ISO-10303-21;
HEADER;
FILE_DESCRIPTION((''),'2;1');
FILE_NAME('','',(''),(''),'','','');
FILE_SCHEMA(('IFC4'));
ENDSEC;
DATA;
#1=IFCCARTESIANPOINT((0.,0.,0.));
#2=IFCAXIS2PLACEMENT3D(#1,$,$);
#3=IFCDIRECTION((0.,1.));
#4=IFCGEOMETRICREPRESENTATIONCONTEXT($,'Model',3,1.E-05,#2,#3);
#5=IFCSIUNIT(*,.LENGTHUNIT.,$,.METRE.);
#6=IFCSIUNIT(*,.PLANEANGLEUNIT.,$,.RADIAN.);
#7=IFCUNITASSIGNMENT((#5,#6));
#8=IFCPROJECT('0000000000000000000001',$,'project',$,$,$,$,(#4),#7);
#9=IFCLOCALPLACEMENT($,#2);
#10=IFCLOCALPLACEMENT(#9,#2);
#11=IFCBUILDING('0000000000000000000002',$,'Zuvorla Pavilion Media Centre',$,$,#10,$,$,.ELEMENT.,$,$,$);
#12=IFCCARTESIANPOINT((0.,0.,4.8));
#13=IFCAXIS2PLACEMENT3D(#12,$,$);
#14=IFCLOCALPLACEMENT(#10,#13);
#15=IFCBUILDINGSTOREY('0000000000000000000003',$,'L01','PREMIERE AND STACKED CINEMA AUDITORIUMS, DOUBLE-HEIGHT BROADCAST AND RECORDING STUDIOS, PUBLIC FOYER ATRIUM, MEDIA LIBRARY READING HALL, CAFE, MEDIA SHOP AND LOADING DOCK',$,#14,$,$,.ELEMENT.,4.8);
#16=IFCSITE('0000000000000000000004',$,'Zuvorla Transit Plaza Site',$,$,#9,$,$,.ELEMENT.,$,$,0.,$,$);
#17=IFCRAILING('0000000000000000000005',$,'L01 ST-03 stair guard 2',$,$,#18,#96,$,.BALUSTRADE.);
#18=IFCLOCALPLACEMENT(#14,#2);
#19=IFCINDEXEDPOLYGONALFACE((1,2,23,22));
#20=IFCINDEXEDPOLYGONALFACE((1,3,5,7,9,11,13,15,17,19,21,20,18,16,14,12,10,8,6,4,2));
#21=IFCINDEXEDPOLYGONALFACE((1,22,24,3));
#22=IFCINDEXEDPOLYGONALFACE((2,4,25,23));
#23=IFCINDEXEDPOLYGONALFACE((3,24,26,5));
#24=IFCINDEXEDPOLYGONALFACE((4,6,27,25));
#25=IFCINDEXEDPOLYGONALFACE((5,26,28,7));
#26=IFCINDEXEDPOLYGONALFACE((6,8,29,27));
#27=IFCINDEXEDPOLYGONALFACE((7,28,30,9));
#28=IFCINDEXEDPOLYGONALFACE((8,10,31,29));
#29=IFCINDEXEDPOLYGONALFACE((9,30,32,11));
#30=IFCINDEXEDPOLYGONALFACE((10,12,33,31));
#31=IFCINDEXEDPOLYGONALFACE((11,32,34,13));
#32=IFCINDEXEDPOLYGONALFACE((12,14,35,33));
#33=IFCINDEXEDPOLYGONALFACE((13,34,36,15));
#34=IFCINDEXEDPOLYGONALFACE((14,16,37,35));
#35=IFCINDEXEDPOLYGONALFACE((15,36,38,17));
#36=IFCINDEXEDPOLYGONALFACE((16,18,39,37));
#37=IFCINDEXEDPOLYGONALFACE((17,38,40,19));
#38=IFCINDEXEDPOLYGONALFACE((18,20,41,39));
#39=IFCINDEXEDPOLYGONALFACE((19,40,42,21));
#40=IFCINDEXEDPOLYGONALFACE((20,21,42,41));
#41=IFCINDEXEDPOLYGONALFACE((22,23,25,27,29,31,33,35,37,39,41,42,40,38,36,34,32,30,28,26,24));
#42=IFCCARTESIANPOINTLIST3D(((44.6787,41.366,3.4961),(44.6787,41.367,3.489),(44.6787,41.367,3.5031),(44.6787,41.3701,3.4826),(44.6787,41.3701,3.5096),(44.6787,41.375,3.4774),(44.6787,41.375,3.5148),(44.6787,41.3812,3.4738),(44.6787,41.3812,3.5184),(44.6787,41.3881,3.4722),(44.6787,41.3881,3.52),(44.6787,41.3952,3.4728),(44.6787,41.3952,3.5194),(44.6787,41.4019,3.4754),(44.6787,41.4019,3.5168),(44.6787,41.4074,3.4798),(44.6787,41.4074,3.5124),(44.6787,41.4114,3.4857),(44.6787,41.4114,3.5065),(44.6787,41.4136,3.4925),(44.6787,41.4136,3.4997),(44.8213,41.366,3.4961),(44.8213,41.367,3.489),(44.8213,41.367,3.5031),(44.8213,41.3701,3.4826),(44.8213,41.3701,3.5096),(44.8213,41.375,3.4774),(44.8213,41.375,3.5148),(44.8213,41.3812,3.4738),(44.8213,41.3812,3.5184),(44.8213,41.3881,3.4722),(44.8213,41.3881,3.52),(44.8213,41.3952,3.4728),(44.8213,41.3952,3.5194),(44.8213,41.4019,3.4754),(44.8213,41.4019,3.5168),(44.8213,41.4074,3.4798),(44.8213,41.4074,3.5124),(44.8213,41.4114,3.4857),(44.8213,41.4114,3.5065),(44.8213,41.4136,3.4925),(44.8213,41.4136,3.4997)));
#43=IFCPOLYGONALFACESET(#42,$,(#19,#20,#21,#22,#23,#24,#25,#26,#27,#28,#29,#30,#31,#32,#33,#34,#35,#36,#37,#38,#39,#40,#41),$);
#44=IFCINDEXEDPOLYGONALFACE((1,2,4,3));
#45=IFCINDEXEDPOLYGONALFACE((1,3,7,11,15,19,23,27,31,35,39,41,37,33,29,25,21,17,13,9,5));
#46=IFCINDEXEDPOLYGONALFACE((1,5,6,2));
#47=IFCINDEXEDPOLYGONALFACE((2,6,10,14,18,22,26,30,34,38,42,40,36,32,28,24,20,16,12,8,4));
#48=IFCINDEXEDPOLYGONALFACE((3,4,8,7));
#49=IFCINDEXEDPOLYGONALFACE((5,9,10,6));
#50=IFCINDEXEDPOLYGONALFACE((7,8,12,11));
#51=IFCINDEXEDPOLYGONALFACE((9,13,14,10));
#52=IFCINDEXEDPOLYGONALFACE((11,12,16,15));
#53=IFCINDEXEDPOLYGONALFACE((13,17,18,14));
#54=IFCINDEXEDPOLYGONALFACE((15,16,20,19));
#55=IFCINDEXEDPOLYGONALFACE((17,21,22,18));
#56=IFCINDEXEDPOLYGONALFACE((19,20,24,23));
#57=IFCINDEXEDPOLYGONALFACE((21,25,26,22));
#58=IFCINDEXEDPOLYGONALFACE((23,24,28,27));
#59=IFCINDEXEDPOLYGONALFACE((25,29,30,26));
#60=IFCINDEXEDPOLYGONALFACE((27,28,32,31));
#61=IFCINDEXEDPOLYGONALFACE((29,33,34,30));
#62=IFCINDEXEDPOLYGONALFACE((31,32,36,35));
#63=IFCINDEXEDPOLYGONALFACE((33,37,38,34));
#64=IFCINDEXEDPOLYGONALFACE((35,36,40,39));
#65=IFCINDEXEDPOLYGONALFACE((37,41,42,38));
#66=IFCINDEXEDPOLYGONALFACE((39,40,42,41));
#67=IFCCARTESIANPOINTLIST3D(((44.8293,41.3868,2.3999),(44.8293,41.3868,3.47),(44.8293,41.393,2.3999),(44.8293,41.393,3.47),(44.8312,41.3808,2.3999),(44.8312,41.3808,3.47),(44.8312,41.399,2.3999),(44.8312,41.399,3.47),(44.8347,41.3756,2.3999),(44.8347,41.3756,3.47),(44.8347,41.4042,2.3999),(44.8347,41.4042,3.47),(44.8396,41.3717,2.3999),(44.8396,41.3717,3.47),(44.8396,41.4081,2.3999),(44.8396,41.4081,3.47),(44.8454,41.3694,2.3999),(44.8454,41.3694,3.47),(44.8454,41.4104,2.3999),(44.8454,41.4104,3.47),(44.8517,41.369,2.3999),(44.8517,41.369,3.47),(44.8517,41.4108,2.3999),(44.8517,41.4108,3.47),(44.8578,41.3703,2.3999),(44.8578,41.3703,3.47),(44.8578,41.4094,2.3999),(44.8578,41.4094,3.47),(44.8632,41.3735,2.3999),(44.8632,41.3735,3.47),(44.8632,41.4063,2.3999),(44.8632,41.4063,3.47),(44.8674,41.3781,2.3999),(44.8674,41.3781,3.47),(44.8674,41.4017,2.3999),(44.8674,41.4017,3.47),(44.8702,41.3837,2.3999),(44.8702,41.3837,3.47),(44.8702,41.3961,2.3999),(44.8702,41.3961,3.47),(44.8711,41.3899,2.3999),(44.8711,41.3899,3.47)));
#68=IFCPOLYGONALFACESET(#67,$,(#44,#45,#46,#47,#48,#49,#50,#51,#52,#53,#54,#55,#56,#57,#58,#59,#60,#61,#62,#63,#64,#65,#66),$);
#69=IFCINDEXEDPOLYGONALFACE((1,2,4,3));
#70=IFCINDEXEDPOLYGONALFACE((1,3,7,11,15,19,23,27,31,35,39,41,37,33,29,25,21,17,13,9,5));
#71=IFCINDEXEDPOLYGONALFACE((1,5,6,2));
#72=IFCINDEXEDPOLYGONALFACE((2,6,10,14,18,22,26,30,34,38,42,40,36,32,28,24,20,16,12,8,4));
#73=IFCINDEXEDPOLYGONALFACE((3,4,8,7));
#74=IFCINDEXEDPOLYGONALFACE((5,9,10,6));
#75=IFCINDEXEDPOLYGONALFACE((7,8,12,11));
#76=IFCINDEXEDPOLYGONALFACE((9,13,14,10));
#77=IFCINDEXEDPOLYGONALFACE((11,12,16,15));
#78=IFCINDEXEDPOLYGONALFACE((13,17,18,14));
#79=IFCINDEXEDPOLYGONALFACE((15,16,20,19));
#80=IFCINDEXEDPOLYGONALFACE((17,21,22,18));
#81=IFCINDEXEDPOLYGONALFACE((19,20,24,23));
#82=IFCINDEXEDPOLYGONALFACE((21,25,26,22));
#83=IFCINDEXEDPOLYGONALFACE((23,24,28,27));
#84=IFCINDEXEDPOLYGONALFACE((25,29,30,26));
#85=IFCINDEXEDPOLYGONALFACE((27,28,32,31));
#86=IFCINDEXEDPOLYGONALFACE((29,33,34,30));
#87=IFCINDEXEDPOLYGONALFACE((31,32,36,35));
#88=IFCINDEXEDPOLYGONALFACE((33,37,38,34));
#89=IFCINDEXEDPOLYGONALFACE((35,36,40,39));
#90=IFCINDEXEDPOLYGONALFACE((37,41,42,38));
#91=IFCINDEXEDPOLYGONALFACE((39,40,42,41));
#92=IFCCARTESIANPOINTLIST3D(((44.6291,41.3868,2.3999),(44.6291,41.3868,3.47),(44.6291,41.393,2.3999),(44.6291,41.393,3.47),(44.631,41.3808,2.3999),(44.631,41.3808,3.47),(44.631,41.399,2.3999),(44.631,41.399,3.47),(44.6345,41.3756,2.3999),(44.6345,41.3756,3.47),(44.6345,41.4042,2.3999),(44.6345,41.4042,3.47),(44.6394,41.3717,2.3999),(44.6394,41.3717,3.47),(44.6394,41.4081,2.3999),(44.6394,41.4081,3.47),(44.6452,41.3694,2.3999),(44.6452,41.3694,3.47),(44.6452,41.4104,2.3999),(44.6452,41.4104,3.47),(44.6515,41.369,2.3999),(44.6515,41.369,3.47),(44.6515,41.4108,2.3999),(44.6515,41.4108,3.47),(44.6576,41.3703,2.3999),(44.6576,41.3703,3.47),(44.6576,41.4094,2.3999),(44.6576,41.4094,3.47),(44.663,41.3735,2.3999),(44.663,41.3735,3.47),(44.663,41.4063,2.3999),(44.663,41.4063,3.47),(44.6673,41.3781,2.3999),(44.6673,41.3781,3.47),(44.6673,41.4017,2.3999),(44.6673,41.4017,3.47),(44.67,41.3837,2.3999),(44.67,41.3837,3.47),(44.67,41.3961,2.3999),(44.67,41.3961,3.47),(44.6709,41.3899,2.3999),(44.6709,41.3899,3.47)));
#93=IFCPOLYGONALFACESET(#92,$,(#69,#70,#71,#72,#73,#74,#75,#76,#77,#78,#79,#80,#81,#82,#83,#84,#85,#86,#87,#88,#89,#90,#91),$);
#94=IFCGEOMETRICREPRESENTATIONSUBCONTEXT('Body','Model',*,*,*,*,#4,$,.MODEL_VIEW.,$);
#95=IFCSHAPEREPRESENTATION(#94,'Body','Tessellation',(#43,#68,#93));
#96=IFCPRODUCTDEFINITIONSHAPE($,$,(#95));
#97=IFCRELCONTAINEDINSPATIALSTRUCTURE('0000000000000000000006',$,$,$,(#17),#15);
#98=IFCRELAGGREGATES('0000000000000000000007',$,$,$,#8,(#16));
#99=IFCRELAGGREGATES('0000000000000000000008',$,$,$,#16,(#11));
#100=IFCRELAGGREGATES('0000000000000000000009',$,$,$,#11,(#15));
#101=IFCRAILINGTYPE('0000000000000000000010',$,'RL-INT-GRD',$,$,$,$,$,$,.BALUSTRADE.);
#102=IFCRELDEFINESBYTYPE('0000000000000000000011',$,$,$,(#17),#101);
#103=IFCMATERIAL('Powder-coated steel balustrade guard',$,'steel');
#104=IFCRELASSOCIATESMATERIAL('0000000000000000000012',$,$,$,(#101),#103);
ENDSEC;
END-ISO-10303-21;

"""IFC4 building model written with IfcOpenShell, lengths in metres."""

from ifc_helpers import new_model, si_unit, direction, frame, origin, origin_2d, place, context, subcontext, project, spatial, circle, extrude, material, type_object, element, save


model = new_model("IFC4")

# Units and contexts
model_context = context("Model", 3, precision=1e-05, world=origin(), true_north=direction((0.0, 1.0)))
body_context = subcontext(model_context, "Body", "Model", "MODEL_VIEW")
ifc_project = project(units=[si_unit("LENGTHUNIT", "METRE"), si_unit("PLANEANGLEUNIT", "RADIAN")], contexts=[model_context])

# Site, building, storey
site_placement = place(None, origin())
site = spatial("IfcSite", under=ifc_project, at=site_placement, Name="Zuvorla Transit Plaza Site", CompositionType="ELEMENT", RefElevation=0.0)
building_placement = place(site_placement, origin())
building = spatial("IfcBuilding", under=site, at=building_placement, Name="Zuvorla Pavilion Media Centre", CompositionType="ELEMENT")
storey_placement = place(building_placement, frame((0.0, 0.0, 4.8)))
storey = spatial("IfcBuildingStorey", under=building, at=storey_placement, Name="L01", Description="PREMIERE AND STACKED CINEMA AUDITORIUMS, DOUBLE-HEIGHT BROADCAST AND RECORDING STUDIOS, PUBLIC FOYER ATRIUM, MEDIA LIBRARY READING HALL, CAFE, MEDIA SHOP AND LOADING DOCK", CompositionType="ELEMENT", Elevation=4.8)

# Railing
ifc_material_1 = material(Name="Powder-coated steel balustrade guard", Category="steel")
railing_type_1 = type_object("IfcRailingType", Name="RL-INT-GRD", PredefinedType="BALUSTRADE", material=ifc_material_1)
railing_1_placement = place(storey_placement, frame((44.8501, 41.3899, 2.3999)))
element("IfcRailing", 1, at=railing_1_placement, inside=storey, type_object=railing_type_1, Name="L01 ST-03 stair guard 2", PredefinedType="BALUSTRADE", context=body_context, shape_type="SweptSolid", body=[
    extrude(circle(Radius=0.0239, at=origin_2d()), frame((-0.0288, 0.0, 1.0962), z_axis=(-1.0, 0.0, 0.0), x_axis=(0.0, -1.0, 0.0)), (0.0, 0.0, 1.0), 0.1426),
    extrude(circle(Radius=0.021, at=origin_2d()), origin(), (0.0, 0.0, 1.0), 1.0701),
    extrude(circle(Radius=0.021, at=origin_2d()), frame((-0.2002, 0.0, 0.0)), (0.0, 0.0, 1.0), 1.0701),
])

save(model, "model.ifc")
